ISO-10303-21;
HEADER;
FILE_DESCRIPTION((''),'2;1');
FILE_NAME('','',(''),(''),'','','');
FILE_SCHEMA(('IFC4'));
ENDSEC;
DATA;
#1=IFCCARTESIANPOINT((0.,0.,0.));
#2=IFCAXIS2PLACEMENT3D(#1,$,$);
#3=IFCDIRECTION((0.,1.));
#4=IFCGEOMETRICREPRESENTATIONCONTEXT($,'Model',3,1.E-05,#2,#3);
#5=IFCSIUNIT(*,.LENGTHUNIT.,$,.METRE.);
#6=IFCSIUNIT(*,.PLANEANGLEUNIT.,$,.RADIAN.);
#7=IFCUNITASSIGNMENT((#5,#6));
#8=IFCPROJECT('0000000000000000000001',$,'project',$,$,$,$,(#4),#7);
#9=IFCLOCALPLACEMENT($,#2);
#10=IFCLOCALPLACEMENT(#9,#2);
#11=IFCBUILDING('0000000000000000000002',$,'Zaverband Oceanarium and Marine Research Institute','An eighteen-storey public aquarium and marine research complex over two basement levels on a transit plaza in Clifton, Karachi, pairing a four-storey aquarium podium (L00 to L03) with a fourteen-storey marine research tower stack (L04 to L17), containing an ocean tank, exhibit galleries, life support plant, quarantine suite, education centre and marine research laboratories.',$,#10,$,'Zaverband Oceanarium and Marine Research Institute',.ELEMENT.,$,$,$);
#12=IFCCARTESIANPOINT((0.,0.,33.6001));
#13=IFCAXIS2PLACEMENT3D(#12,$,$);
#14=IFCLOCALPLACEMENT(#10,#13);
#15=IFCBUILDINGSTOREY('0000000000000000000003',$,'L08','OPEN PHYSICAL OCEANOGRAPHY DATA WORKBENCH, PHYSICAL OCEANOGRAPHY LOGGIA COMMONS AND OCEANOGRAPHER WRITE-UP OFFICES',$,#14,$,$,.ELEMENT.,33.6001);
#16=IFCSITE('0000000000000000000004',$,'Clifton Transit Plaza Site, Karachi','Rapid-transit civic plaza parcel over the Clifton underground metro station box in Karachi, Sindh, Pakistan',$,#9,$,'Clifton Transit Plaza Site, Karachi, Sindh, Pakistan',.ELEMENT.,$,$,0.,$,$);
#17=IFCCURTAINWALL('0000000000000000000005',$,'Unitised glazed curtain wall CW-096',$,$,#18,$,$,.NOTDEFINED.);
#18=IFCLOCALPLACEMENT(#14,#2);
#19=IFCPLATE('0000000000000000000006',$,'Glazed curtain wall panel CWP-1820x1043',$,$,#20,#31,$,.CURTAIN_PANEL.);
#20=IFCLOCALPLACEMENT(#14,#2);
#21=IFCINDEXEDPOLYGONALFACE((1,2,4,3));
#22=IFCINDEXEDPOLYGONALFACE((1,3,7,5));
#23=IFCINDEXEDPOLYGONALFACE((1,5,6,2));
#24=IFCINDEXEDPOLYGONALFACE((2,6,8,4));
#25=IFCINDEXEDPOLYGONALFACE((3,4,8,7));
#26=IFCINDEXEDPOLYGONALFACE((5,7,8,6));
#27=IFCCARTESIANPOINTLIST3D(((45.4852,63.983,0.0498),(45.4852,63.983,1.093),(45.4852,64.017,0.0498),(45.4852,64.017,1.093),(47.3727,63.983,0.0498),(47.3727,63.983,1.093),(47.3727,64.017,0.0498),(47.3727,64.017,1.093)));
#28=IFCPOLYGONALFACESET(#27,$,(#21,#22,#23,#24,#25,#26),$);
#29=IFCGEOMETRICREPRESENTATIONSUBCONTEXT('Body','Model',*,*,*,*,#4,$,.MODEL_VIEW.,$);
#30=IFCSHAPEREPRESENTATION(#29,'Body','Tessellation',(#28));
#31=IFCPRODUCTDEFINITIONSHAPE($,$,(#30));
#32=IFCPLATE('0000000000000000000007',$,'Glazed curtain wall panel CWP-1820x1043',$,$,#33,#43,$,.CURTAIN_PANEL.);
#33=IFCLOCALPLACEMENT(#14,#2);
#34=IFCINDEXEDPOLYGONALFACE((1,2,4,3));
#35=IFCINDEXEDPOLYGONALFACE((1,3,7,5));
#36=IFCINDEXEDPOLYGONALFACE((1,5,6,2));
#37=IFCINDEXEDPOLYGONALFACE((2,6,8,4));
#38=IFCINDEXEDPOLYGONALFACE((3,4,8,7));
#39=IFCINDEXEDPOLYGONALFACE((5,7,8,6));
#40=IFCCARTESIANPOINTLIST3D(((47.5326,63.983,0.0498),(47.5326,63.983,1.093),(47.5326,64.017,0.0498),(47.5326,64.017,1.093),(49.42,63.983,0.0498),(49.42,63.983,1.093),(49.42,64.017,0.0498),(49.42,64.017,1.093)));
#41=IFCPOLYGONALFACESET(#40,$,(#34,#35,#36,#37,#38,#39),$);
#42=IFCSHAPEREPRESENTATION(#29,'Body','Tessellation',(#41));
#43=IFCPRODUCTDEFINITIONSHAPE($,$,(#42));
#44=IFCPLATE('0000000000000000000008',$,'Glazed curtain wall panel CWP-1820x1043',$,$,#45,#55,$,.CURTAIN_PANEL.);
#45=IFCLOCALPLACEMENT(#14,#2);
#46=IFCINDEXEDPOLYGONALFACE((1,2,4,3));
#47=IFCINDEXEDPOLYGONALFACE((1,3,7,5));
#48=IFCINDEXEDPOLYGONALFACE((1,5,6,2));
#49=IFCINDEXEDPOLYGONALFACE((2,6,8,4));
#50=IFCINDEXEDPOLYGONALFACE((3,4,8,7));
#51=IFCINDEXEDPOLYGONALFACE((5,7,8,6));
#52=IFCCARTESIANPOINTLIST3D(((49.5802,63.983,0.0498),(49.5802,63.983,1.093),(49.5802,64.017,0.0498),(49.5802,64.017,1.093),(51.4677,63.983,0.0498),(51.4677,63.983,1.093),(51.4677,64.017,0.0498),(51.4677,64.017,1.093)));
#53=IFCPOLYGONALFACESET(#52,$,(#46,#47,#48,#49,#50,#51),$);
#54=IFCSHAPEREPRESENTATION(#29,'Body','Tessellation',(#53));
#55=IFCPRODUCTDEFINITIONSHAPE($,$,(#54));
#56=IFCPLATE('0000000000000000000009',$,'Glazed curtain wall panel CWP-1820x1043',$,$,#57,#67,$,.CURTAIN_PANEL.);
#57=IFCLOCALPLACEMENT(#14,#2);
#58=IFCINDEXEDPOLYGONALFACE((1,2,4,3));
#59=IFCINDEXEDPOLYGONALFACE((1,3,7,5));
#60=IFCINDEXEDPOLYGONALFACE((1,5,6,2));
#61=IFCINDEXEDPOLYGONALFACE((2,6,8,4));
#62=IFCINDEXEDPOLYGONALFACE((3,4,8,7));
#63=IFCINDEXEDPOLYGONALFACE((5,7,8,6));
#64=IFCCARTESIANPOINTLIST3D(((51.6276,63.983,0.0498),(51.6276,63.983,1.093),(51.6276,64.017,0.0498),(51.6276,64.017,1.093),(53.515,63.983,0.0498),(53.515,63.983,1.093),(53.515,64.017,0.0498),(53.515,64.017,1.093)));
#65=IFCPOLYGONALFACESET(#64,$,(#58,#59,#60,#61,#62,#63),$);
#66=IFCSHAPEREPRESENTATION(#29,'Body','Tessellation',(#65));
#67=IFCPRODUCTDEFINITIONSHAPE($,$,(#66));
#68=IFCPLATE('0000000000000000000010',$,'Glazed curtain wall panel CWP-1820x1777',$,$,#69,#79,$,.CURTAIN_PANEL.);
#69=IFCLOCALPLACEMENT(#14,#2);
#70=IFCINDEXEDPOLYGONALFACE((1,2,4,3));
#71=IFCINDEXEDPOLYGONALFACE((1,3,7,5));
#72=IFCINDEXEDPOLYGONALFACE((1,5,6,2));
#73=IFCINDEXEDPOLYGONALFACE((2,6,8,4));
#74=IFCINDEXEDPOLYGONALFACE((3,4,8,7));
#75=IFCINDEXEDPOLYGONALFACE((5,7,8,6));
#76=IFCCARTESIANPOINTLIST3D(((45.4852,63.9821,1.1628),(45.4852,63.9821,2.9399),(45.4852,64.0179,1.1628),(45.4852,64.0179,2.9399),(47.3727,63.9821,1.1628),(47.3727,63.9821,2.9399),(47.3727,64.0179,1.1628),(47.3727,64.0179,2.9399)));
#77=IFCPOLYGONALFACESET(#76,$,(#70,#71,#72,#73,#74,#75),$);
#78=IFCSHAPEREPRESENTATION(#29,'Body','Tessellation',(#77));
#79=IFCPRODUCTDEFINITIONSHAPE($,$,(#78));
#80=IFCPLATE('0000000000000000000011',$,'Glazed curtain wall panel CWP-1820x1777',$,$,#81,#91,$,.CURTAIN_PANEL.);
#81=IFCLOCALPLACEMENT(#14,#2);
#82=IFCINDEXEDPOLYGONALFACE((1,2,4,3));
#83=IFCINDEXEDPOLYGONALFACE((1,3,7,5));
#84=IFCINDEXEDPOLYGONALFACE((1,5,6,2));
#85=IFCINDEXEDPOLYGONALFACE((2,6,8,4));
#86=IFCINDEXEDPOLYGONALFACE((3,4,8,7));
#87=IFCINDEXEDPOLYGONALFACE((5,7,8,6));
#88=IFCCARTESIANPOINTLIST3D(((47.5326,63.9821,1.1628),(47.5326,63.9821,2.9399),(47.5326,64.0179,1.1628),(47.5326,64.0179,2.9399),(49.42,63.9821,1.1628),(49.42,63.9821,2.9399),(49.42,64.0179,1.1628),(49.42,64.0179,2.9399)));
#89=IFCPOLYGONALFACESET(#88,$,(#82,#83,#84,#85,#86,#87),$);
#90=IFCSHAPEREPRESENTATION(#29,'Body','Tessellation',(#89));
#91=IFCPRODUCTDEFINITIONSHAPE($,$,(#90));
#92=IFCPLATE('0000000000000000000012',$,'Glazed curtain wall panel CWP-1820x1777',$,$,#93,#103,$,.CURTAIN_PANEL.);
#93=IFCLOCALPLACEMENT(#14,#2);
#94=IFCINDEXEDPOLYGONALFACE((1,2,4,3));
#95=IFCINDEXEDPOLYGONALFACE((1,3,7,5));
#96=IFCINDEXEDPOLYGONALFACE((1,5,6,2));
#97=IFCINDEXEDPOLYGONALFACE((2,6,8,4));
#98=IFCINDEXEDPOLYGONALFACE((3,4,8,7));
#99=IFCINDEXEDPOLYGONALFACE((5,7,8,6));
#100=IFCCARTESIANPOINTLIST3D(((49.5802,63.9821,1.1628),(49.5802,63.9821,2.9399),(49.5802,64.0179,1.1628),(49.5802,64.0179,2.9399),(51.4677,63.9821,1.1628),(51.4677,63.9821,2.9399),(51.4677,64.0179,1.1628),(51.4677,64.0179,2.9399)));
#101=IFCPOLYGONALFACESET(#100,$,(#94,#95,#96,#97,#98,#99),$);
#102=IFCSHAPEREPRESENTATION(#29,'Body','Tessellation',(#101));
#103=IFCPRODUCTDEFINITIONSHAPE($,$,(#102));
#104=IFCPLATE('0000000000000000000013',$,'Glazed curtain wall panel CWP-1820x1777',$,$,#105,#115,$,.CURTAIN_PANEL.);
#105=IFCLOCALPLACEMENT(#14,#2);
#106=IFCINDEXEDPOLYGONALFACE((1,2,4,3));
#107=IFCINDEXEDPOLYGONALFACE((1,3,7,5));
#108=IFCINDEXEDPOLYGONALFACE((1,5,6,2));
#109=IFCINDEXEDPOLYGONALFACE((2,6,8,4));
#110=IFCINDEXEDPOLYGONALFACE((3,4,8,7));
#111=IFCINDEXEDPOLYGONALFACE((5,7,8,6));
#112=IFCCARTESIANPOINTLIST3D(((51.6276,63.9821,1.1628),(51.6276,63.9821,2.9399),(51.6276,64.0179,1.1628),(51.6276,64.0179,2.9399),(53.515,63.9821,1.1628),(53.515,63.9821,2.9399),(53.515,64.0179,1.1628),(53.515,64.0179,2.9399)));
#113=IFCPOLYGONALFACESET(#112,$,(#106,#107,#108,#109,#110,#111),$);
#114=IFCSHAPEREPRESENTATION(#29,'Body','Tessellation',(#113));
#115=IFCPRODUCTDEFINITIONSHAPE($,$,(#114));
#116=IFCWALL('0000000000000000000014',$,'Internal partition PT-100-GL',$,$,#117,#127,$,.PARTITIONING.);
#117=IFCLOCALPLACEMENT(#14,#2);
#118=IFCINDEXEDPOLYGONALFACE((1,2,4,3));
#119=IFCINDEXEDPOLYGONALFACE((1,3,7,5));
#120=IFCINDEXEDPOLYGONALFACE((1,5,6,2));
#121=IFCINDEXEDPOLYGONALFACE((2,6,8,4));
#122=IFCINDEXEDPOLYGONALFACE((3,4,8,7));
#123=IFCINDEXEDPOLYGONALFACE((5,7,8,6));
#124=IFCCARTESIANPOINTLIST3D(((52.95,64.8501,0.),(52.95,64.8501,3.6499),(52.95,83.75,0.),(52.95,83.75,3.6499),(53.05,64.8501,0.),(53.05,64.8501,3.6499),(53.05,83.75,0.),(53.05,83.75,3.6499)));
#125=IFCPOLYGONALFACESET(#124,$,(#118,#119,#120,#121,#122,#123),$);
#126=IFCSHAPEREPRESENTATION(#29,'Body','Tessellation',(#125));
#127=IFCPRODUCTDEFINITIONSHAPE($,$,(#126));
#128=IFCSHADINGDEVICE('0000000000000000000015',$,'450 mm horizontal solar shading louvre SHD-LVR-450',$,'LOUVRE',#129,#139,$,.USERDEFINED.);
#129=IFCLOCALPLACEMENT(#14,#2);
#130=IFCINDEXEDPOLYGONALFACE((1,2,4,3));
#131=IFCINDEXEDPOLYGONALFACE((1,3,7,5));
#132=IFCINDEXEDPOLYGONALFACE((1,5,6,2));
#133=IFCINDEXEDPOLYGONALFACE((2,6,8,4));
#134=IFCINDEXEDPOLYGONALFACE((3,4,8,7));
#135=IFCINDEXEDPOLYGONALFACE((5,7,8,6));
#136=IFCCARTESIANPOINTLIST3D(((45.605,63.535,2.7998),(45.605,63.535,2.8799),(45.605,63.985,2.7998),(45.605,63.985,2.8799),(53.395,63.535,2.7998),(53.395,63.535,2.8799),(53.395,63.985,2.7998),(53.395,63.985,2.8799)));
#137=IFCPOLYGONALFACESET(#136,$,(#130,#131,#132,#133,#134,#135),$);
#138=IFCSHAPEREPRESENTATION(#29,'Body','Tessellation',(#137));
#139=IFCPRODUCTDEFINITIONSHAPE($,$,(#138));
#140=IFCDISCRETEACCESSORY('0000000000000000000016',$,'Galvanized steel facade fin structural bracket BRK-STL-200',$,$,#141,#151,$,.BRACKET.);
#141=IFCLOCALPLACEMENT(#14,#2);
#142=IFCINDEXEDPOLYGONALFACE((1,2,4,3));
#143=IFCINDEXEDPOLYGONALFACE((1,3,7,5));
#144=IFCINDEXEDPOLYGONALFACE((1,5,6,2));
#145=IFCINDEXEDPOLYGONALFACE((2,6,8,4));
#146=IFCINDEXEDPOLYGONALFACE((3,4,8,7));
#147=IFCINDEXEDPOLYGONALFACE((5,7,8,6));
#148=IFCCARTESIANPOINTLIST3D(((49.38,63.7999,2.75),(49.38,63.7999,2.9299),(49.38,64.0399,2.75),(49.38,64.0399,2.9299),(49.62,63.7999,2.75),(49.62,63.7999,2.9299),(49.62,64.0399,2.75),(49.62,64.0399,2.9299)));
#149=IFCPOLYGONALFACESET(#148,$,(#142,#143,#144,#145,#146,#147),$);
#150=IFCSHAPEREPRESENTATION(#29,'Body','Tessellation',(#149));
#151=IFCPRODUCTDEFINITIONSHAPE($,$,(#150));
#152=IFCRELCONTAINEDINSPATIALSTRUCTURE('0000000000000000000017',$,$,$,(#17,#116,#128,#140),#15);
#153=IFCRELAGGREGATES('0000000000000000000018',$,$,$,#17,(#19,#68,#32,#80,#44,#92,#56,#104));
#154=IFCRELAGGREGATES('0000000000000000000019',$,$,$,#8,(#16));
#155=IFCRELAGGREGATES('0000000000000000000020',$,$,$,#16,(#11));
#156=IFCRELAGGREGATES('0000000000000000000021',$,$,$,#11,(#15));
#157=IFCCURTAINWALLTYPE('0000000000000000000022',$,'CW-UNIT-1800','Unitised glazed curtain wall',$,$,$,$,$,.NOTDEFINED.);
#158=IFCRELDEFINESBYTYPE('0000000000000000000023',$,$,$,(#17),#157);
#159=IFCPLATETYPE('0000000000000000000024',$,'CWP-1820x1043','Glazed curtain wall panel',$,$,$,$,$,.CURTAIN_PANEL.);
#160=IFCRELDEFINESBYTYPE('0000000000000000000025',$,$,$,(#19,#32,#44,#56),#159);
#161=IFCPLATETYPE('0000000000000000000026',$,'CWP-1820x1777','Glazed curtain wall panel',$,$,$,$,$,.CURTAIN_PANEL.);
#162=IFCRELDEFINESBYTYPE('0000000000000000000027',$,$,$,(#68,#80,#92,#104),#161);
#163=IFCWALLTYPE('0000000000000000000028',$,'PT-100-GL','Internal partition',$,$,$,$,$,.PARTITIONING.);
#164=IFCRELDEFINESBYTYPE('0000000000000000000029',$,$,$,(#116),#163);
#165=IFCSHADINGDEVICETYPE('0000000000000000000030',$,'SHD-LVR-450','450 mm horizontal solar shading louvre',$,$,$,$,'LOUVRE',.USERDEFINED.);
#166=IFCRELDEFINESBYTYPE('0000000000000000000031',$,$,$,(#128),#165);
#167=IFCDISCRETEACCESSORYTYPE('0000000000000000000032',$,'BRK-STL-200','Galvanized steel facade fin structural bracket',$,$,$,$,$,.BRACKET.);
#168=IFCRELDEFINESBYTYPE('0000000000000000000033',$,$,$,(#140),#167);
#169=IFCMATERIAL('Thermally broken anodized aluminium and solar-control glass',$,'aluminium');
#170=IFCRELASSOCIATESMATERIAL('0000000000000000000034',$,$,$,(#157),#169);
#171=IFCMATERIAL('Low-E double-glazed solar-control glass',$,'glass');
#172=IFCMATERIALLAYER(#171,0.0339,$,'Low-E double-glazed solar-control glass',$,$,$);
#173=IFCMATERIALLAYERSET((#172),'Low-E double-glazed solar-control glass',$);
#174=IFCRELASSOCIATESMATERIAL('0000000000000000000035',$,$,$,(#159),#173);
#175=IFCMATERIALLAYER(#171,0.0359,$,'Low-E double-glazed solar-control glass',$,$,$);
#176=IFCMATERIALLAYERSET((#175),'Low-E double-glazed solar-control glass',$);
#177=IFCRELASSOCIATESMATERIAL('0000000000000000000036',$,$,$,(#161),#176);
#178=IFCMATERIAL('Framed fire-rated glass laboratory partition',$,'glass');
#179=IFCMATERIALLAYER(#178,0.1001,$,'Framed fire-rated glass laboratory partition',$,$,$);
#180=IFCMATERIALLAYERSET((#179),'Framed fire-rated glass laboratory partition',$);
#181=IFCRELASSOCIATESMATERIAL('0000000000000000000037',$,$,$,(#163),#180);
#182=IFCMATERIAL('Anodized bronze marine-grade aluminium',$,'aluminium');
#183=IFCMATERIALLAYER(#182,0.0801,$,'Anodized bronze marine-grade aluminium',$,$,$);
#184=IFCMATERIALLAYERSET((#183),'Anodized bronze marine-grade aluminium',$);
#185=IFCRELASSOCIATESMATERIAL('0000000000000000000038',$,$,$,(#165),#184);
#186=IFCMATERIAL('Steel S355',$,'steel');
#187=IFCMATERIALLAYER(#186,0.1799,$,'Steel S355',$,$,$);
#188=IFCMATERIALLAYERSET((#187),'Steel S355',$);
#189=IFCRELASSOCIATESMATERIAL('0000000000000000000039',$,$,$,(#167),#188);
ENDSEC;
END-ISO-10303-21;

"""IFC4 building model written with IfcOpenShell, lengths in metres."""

from ifc_helpers import new_model, si_unit, direction, frame, frame_2d, origin, origin_2d, place, context, subcontext, project, spatial, rectangle, extrude, material, layer, layer_set, type_object, element, aggregate, save


model = new_model("IFC4")

# Units and contexts
model_context = context("Model", 3, precision=1e-05, world=origin(), true_north=direction((0.0, 1.0)))
body_context = subcontext(model_context, "Body", "Model", "MODEL_VIEW")
ifc_project = project(units=[si_unit("LENGTHUNIT", "METRE"), si_unit("PLANEANGLEUNIT", "RADIAN")], contexts=[model_context])

# Site, building, storey
site_placement = place(None, origin())
site = spatial("IfcSite", under=ifc_project, at=site_placement, Name="Clifton Transit Plaza Site, Karachi", Description="Rapid-transit civic plaza parcel over the Clifton underground metro station box in Karachi, Sindh, Pakistan", LongName="Clifton Transit Plaza Site, Karachi, Sindh, Pakistan", CompositionType="ELEMENT", RefElevation=0.0)
building_placement = place(site_placement, origin())
building = spatial("IfcBuilding", under=site, at=building_placement, Name="Zaverband Oceanarium and Marine Research Institute", Description="An eighteen-storey public aquarium and marine research complex over two basement levels on a transit plaza in Clifton, Karachi, pairing a four-storey aquarium podium (L00 to L03) with a fourteen-storey marine research tower stack (L04 to L17), containing an ocean tank, exhibit galleries, life support plant, quarantine suite, education centre and marine research laboratories.", LongName="Zaverband Oceanarium and Marine Research Institute", CompositionType="ELEMENT")
storey_placement = place(building_placement, frame((0.0, 0.0, 33.6001)))
storey = spatial("IfcBuildingStorey", under=building, at=storey_placement, Name="L08", Description="OPEN PHYSICAL OCEANOGRAPHY DATA WORKBENCH, PHYSICAL OCEANOGRAPHY LOGGIA COMMONS AND OCEANOGRAPHER WRITE-UP OFFICES", CompositionType="ELEMENT", Elevation=33.6001)

# Curtain wall
ifc_material_1 = material(Name="Thermally broken anodized aluminium and solar-control glass", Category="aluminium")
curtain_wall_type = type_object("IfcCurtainWallType", Name="CW-UNIT-1800", Description="Unitised glazed curtain wall", PredefinedType="NOTDEFINED", material=ifc_material_1)
curtain_wall_placement = place(storey_placement, origin())
curtain_wall = element("IfcCurtainWall", 1, at=curtain_wall_placement, inside=storey, type_object=curtain_wall_type, Name="Unitised glazed curtain wall CW-096", PredefinedType="NOTDEFINED")

# Plates
ifc_material_2 = material(Name="Low-E double-glazed solar-control glass", Category="glass")
ifc_layer_1 = layer(ifc_material_2, 0.0339, Name="Low-E double-glazed solar-control glass")
ifc_layer_set_1 = layer_set([ifc_layer_1], Name="Low-E double-glazed solar-control glass")
plate_type_1 = type_object("IfcPlateType", Name="CWP-1820x1043", Description="Glazed curtain wall panel", PredefinedType="CURTAIN_PANEL", material=ifc_layer_set_1)
plate_1_placement = place(storey_placement, frame((45.4851, 64.0, 0.0498), z_axis=(0.0, 0.0, 1.0), x_axis=(1.0, 0.0, 0.0)))
plate_1 = element("IfcPlate", 2, at=plate_1_placement, type_object=plate_type_1, Name="Glazed curtain wall panel CWP-1820x1043", PredefinedType="CURTAIN_PANEL", context=body_context, shape_type="SweptSolid", body=[
    extrude(rectangle(XDim=1.8875, YDim=0.0339, at=frame_2d((0.9438, 0.0))), origin(), (0.0, 0.0, 1.0), 1.0432),
])
plate_2_placement = place(storey_placement, frame((47.5325, 64.0, 0.0498), z_axis=(0.0, 0.0, 1.0), x_axis=(1.0, 0.0, 0.0)))
plate_2 = element("IfcPlate", 3, at=plate_2_placement, type_object=plate_type_1, Name="Glazed curtain wall panel CWP-1820x1043", PredefinedType="CURTAIN_PANEL", context=body_context, shape_type="SweptSolid", body=[
    extrude(rectangle(XDim=1.8875, YDim=0.0339, at=frame_2d((0.9438, 0.0))), origin(), (0.0, 0.0, 1.0), 1.0432),
])
plate_3_placement = place(storey_placement, frame((49.5801, 64.0, 0.0498), z_axis=(0.0, 0.0, 1.0), x_axis=(1.0, 0.0, 0.0)))
plate_3 = element("IfcPlate", 4, at=plate_3_placement, type_object=plate_type_1, Name="Glazed curtain wall panel CWP-1820x1043", PredefinedType="CURTAIN_PANEL", context=body_context, shape_type="SweptSolid", body=[
    extrude(rectangle(XDim=1.8875, YDim=0.0339, at=frame_2d((0.9438, 0.0))), origin(), (0.0, 0.0, 1.0), 1.0432),
])
plate_4_placement = place(storey_placement, frame((51.6274, 64.0, 0.0498), z_axis=(0.0, 0.0, 1.0), x_axis=(1.0, 0.0, 0.0)))
plate_4 = element("IfcPlate", 5, at=plate_4_placement, type_object=plate_type_1, Name="Glazed curtain wall panel CWP-1820x1043", PredefinedType="CURTAIN_PANEL", context=body_context, shape_type="SweptSolid", body=[
    extrude(rectangle(XDim=1.8875, YDim=0.0339, at=frame_2d((0.9438, 0.0))), origin(), (0.0, 0.0, 1.0), 1.0432),
])
ifc_layer_2 = layer(ifc_material_2, 0.0359, Name="Low-E double-glazed solar-control glass")
ifc_layer_set_2 = layer_set([ifc_layer_2], Name="Low-E double-glazed solar-control glass")
plate_type_2 = type_object("IfcPlateType", Name="CWP-1820x1777", Description="Glazed curtain wall panel", PredefinedType="CURTAIN_PANEL", material=ifc_layer_set_2)
plate_5_placement = place(storey_placement, frame((45.4851, 64.0, 1.1628), z_axis=(0.0, 0.0, 1.0), x_axis=(1.0, 0.0, 0.0)))
plate_5 = element("IfcPlate", 6, at=plate_5_placement, type_object=plate_type_2, Name="Glazed curtain wall panel CWP-1820x1777", PredefinedType="CURTAIN_PANEL", context=body_context, shape_type="SweptSolid", body=[
    extrude(rectangle(XDim=1.8875, YDim=0.0359, at=frame_2d((0.9438, 0.0))), origin(), (0.0, 0.0, 1.0), 1.7771),
])
plate_6_placement = place(storey_placement, frame((47.5325, 64.0, 1.1628), z_axis=(0.0, 0.0, 1.0), x_axis=(1.0, 0.0, 0.0)))
plate_6 = element("IfcPlate", 7, at=plate_6_placement, type_object=plate_type_2, Name="Glazed curtain wall panel CWP-1820x1777", PredefinedType="CURTAIN_PANEL", context=body_context, shape_type="SweptSolid", body=[
    extrude(rectangle(XDim=1.8875, YDim=0.0359, at=frame_2d((0.9438, 0.0))), origin(), (0.0, 0.0, 1.0), 1.7771),
])
plate_7_placement = place(storey_placement, frame((49.5801, 64.0, 1.1628), z_axis=(0.0, 0.0, 1.0), x_axis=(1.0, 0.0, 0.0)))
plate_7 = element("IfcPlate", 8, at=plate_7_placement, type_object=plate_type_2, Name="Glazed curtain wall panel CWP-1820x1777", PredefinedType="CURTAIN_PANEL", context=body_context, shape_type="SweptSolid", body=[
    extrude(rectangle(XDim=1.8875, YDim=0.0359, at=frame_2d((0.9438, 0.0))), origin(), (0.0, 0.0, 1.0), 1.7771),
])
plate_8_placement = place(storey_placement, frame((51.6274, 64.0, 1.1628), z_axis=(0.0, 0.0, 1.0), x_axis=(1.0, 0.0, 0.0)))
plate_8 = element("IfcPlate", 9, at=plate_8_placement, type_object=plate_type_2, Name="Glazed curtain wall panel CWP-1820x1777", PredefinedType="CURTAIN_PANEL", context=body_context, shape_type="SweptSolid", body=[
    extrude(rectangle(XDim=1.8875, YDim=0.0359, at=frame_2d((0.9438, 0.0))), origin(), (0.0, 0.0, 1.0), 1.7771),
])
aggregate(curtain_wall, [plate_1, plate_5, plate_2, plate_6, plate_3, plate_7, plate_4, plate_8])

# Wall
ifc_material_3 = material(Name="Framed fire-rated glass laboratory partition", Category="glass")
ifc_layer_3 = layer(ifc_material_3, 0.1001, Name="Framed fire-rated glass laboratory partition")
ifc_layer_set_3 = layer_set([ifc_layer_3], Name="Framed fire-rated glass laboratory partition")
wall_type_1 = type_object("IfcWallType", Name="PT-100-GL", Description="Internal partition", PredefinedType="PARTITIONING", material=ifc_layer_set_3)
wall_1_placement = place(storey_placement, frame((53.0, 64.8501, 0.0), z_axis=(0.0, 0.0, 1.0), x_axis=(0.0, 1.0, 0.0)))
element("IfcWall", 10, at=wall_1_placement, inside=storey, type_object=wall_type_1, Name="Internal partition PT-100-GL", PredefinedType="PARTITIONING", context=body_context, shape_type="SweptSolid", body=[
    extrude(rectangle(XDim=18.8999, YDim=0.1001, at=frame_2d((9.45, 0.0))), origin(), (0.0, 0.0, 1.0), 3.6499),
])

# Shared definitions
ifc_material_4 = material(Name="Steel S355", Category="steel")

# Shading device
ifc_material_5 = material(Name="Anodized bronze marine-grade aluminium", Category="aluminium")
ifc_layer_4 = layer(ifc_material_5, 0.0801, Name="Anodized bronze marine-grade aluminium")
ifc_layer_set_4 = layer_set([ifc_layer_4], Name="Anodized bronze marine-grade aluminium")
shading_device_type = type_object("IfcShadingDeviceType", Name="SHD-LVR-450", Description="450 mm horizontal solar shading louvre", ElementType="LOUVRE", PredefinedType="USERDEFINED", material=ifc_layer_set_4)
shading_device_placement = place(storey_placement, frame((45.605, 63.76, 2.7998), z_axis=(0.0, 0.0, 1.0), x_axis=(1.0, 0.0, 0.0)))
element("IfcShadingDevice", 11, at=shading_device_placement, inside=storey, type_object=shading_device_type, Name="450 mm horizontal solar shading louvre SHD-LVR-450", ObjectType="LOUVRE", PredefinedType="USERDEFINED", context=body_context, shape_type="SweptSolid", body=[
    extrude(rectangle(XDim=7.79, YDim=0.45, at=frame_2d((3.895, 0.0))), origin(), (0.0, 0.0, 1.0), 0.0801),
])

# Discrete accessory
ifc_layer_5 = layer(ifc_material_4, 0.1799, Name="Steel S355")
ifc_layer_set_5 = layer_set([ifc_layer_5], Name="Steel S355")
discrete_accessory_type = type_object("IfcDiscreteAccessoryType", Name="BRK-STL-200", Description="Galvanized steel facade fin structural bracket", PredefinedType="BRACKET", material=ifc_layer_set_5)
discrete_accessory_placement = place(storey_placement, frame((49.5, 63.9199, 2.75), z_axis=(0.0, 0.0, 1.0), x_axis=(1.0, 0.0, 0.0)))
element("IfcDiscreteAccessory", 12, at=discrete_accessory_placement, inside=storey, type_object=discrete_accessory_type, Name="Galvanized steel facade fin structural bracket BRK-STL-200", PredefinedType="BRACKET", context=body_context, shape_type="SweptSolid", body=[
    extrude(rectangle(XDim=0.24, YDim=0.24, at=origin_2d()), origin(), (0.0, 0.0, 1.0), 0.1799),
])

save(model, "model.ifc")
